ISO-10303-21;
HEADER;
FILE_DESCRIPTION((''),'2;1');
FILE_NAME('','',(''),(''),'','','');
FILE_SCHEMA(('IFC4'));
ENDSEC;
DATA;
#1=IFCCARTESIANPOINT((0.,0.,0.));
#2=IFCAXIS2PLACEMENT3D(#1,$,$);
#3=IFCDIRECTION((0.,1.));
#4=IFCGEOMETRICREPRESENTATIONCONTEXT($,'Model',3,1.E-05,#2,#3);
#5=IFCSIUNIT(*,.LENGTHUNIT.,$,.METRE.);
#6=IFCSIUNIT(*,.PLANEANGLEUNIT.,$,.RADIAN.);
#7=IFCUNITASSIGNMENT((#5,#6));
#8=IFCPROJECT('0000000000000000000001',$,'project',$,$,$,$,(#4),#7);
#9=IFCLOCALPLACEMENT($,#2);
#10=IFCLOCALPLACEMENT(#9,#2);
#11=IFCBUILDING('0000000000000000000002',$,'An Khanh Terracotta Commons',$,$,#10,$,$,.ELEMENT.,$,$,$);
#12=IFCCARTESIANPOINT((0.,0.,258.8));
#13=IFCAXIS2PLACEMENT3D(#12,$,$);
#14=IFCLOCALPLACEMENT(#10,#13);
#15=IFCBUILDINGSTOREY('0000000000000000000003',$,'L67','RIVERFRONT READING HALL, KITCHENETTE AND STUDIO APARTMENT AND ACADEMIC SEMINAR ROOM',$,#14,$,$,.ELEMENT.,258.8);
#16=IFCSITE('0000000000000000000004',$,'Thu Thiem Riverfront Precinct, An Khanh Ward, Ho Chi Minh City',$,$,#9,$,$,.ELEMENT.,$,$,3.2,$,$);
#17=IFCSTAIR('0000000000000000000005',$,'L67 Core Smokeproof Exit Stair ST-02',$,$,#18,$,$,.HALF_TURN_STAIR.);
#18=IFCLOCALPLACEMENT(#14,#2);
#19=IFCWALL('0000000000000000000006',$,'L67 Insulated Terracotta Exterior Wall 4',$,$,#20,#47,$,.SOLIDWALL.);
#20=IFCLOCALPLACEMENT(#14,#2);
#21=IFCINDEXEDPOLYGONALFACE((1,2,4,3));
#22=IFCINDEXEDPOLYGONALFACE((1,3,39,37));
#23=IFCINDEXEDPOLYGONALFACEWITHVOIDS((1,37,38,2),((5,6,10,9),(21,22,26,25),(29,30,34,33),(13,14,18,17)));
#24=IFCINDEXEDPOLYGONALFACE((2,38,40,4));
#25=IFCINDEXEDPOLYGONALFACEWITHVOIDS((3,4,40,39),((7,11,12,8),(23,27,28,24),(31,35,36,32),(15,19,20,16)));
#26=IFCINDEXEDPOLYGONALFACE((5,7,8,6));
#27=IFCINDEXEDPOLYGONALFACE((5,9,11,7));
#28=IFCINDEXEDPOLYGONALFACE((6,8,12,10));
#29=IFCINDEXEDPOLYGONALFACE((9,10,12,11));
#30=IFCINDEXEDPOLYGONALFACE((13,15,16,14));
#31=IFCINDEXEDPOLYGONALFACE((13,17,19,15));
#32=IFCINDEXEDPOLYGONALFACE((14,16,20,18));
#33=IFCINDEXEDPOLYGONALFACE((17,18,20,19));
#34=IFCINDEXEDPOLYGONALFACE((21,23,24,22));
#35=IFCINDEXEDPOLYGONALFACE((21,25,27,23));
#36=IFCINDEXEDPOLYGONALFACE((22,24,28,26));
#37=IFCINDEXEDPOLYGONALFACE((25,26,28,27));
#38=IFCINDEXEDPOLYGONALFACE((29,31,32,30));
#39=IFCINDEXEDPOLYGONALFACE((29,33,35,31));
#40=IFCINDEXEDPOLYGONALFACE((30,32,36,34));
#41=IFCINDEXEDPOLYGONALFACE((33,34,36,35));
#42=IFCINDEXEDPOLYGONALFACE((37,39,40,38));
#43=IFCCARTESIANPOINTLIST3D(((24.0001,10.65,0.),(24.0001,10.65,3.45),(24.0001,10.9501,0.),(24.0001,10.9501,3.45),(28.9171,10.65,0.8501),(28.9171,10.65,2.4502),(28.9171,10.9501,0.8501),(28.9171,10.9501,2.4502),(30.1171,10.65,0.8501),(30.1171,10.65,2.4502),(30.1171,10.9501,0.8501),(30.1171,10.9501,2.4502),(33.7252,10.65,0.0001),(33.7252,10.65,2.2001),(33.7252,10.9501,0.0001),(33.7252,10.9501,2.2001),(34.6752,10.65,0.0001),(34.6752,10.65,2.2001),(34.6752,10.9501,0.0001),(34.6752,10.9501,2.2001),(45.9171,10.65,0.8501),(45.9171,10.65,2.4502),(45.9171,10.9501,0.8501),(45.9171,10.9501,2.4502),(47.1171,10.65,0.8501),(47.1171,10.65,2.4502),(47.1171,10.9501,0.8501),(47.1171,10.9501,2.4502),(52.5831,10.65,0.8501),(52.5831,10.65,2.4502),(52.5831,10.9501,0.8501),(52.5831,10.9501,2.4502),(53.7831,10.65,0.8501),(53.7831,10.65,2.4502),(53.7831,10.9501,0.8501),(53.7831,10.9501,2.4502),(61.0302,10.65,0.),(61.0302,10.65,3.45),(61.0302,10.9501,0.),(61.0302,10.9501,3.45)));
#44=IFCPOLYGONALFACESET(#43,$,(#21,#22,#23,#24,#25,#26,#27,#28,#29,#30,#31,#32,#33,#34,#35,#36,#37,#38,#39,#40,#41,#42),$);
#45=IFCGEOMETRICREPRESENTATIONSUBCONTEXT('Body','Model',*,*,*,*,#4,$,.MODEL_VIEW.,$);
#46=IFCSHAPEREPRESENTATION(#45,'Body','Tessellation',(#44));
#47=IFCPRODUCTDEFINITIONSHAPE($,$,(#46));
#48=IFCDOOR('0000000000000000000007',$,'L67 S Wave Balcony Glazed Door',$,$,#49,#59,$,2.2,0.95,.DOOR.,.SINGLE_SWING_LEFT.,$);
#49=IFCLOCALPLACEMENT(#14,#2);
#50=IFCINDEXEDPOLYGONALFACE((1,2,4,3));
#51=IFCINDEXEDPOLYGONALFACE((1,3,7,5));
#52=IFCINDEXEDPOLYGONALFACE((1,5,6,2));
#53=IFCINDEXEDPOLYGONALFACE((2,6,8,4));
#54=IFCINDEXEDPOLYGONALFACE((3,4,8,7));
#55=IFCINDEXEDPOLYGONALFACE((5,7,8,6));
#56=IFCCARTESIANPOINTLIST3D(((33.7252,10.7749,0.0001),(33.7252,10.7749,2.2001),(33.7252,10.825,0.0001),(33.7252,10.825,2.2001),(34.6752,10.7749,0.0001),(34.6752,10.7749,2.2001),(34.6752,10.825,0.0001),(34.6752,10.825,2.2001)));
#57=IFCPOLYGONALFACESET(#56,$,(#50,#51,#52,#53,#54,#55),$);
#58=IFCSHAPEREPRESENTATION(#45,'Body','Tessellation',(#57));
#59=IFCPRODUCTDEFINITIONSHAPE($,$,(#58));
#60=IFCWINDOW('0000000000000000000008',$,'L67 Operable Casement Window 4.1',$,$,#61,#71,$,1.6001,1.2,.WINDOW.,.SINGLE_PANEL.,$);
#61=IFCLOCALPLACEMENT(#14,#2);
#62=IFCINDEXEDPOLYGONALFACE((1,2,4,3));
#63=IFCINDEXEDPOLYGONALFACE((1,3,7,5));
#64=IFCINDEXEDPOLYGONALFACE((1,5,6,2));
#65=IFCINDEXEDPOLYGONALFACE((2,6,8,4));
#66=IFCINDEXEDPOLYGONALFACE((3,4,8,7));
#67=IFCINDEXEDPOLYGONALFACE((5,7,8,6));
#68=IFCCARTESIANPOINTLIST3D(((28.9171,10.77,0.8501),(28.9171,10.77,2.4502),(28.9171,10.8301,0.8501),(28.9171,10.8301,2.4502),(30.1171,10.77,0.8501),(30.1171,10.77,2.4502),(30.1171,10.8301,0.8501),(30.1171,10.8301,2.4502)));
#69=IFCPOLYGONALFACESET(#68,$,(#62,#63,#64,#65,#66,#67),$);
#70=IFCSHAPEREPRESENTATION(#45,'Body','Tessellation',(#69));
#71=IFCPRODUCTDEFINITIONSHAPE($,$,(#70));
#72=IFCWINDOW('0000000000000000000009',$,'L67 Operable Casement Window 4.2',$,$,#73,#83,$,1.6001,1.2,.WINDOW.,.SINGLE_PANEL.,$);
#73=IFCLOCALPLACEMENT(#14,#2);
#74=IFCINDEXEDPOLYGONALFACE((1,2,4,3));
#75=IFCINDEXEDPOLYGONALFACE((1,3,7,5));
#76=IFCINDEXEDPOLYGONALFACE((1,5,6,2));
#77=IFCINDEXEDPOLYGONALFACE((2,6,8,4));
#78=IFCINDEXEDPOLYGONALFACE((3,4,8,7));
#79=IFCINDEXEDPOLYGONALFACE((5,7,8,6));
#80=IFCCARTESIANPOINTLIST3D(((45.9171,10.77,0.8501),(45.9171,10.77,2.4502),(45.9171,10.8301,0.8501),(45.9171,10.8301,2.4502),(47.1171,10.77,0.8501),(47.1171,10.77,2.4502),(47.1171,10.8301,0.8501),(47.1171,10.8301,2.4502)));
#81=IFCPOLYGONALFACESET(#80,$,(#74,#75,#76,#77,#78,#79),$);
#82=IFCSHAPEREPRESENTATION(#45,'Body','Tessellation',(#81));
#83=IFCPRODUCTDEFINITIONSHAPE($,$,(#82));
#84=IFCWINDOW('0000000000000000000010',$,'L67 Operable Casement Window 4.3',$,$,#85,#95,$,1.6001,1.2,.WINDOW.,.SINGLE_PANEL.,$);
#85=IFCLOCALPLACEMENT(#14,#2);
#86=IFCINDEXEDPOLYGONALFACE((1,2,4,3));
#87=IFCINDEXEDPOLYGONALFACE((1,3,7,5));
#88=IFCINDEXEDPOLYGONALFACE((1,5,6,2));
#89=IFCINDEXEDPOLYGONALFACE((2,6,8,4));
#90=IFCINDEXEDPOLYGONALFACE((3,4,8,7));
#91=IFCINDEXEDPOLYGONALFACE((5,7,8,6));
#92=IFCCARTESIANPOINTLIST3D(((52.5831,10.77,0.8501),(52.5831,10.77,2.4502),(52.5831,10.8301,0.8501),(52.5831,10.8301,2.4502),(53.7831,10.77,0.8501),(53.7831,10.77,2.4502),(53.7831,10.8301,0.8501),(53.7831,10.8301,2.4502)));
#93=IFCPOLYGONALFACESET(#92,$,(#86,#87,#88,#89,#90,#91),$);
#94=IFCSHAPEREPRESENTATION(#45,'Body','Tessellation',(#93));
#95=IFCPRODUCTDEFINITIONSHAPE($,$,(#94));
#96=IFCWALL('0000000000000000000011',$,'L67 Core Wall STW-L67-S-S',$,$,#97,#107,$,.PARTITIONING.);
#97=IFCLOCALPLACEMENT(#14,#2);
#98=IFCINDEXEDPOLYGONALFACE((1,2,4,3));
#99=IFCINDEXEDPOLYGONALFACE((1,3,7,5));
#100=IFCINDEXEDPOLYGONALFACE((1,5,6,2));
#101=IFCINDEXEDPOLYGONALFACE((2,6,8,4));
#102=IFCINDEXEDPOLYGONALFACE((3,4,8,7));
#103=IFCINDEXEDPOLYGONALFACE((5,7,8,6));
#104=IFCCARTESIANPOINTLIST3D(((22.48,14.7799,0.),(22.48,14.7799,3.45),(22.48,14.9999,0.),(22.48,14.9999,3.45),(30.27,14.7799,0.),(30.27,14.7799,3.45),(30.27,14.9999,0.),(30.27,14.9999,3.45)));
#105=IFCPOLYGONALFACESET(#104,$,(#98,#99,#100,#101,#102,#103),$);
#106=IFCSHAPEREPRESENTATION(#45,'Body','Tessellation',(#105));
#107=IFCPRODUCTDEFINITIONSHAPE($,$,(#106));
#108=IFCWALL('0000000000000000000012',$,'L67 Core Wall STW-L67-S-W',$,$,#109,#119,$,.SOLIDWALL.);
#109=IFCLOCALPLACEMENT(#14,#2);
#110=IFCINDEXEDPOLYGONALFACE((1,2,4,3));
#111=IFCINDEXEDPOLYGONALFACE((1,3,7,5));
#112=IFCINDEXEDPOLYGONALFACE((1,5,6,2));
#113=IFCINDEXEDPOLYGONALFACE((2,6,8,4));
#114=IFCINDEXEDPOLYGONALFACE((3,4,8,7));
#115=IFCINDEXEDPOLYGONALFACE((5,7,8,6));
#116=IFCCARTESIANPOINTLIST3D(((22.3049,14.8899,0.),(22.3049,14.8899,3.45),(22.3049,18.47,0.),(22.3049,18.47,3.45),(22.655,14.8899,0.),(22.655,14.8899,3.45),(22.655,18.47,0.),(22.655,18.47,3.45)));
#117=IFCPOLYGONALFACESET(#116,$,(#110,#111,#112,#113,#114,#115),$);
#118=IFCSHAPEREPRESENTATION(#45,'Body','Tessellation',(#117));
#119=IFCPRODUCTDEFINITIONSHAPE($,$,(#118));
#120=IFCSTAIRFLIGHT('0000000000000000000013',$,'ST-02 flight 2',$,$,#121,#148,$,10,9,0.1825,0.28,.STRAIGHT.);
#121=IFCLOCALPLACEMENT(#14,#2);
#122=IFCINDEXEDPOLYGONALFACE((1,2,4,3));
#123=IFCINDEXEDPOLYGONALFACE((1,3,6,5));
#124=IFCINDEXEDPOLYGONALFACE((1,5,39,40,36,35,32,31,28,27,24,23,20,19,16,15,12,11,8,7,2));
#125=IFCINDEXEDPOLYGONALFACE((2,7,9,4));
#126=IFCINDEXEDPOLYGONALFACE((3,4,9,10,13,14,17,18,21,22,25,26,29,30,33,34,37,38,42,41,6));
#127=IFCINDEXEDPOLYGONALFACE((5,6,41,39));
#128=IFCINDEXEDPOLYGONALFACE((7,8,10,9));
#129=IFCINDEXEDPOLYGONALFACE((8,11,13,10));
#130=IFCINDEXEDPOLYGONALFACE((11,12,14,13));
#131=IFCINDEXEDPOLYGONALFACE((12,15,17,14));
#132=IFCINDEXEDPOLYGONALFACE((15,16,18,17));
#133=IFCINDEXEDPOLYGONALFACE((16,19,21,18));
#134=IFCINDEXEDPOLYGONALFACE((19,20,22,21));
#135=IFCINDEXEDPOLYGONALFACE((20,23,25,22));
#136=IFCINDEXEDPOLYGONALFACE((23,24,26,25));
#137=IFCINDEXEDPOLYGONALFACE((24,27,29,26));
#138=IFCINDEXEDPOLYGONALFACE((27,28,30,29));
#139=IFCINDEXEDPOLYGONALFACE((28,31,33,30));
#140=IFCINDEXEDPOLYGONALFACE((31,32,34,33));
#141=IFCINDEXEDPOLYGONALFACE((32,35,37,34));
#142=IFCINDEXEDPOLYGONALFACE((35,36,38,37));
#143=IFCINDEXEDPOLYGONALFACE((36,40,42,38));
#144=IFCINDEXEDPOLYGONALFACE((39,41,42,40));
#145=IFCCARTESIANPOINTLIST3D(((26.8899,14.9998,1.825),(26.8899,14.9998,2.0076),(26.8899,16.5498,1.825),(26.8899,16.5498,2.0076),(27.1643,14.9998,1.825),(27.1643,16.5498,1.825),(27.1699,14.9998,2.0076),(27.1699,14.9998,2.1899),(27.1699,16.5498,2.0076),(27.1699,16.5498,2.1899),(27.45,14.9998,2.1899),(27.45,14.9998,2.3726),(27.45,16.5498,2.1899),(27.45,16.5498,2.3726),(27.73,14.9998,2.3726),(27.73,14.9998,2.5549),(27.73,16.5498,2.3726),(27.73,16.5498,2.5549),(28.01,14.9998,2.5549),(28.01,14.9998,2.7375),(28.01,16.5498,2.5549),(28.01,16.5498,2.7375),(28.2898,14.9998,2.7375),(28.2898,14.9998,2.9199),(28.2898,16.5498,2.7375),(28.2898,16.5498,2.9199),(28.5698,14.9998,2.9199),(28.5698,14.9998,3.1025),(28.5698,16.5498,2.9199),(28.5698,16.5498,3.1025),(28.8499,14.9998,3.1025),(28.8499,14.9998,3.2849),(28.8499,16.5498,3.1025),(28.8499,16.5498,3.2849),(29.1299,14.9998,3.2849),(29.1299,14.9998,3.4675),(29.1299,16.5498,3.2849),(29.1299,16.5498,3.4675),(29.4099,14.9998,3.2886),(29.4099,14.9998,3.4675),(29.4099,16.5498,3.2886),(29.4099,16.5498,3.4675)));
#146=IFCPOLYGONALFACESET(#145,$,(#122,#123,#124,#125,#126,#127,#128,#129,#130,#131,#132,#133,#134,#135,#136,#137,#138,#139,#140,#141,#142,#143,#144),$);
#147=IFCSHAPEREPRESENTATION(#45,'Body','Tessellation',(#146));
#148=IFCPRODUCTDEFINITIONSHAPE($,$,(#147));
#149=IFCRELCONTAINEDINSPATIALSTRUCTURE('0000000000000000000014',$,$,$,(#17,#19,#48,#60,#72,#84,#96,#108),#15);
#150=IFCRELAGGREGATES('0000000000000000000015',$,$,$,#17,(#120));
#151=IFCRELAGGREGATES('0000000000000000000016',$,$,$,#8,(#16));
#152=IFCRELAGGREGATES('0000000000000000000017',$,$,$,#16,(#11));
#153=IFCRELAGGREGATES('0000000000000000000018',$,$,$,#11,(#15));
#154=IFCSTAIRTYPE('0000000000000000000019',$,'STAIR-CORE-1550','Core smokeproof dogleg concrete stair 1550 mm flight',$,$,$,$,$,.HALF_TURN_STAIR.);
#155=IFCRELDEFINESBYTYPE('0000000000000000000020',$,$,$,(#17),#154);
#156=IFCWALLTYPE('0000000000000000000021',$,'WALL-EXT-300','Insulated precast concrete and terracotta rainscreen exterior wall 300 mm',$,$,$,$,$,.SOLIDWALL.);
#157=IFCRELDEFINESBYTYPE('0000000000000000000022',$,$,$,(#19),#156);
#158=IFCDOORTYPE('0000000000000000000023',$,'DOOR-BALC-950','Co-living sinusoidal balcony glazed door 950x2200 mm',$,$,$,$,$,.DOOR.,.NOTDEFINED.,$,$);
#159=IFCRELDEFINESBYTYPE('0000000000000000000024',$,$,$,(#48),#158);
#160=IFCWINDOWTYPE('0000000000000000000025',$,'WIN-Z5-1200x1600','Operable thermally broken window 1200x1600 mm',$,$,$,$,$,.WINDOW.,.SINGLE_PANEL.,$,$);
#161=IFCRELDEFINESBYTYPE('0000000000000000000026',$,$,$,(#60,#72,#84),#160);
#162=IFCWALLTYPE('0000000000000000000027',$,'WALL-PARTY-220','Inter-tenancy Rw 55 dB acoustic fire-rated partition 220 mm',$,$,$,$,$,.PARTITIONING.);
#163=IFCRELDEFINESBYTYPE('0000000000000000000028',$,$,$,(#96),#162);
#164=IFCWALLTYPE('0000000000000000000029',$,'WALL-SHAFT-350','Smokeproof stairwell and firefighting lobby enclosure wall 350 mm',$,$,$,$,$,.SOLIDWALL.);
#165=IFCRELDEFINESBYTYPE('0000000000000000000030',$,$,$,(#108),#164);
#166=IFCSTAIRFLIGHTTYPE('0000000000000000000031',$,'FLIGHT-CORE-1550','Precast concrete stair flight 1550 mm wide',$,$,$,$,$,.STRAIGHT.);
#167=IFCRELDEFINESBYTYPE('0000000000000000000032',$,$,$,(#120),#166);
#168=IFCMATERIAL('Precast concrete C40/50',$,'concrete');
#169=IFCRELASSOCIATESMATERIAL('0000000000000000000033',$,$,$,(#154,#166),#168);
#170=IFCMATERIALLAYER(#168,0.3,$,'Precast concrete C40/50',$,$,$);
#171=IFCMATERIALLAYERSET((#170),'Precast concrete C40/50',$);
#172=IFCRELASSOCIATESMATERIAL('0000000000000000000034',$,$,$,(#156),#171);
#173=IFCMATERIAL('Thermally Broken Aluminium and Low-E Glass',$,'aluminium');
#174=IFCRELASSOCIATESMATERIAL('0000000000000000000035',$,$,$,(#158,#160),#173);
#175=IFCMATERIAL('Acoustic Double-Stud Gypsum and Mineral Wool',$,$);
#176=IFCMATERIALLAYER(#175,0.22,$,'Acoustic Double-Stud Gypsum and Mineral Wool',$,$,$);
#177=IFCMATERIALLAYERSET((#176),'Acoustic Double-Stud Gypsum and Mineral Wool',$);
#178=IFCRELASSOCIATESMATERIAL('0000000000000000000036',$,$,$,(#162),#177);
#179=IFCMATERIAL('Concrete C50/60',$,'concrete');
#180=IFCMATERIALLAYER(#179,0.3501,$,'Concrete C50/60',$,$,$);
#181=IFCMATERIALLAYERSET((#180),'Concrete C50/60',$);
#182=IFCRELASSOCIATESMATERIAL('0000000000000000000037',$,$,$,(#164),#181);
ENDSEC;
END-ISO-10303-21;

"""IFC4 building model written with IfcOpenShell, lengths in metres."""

from ifc_helpers import new_model, si_unit, direction, frame, frame_2d, origin, place, context, subcontext, project, spatial, polyline, rectangle, outline, extrude, material, layer, layer_set, type_object, element, fill, aggregate, save


model = new_model("IFC4")

# Units and contexts
model_context = context("Model", 3, precision=1e-05, world=origin(), true_north=direction((0.0, 1.0)))
body_context = subcontext(model_context, "Body", "Model", "MODEL_VIEW")
ifc_project = project(units=[si_unit("LENGTHUNIT", "METRE"), si_unit("PLANEANGLEUNIT", "RADIAN")], contexts=[model_context])

# Site, building, storey
site_placement = place(None, origin())
site = spatial("IfcSite", under=ifc_project, at=site_placement, Name="Thu Thiem Riverfront Precinct, An Khanh Ward, Ho Chi Minh City", CompositionType="ELEMENT", RefElevation=3.2)
building_placement = place(site_placement, origin())
building = spatial("IfcBuilding", under=site, at=building_placement, Name="An Khanh Terracotta Commons", CompositionType="ELEMENT")
storey_placement = place(building_placement, frame((0.0, 0.0, 258.8)))
storey = spatial("IfcBuildingStorey", under=building, at=storey_placement, Name="L67", Description="RIVERFRONT READING HALL, KITCHENETTE AND STUDIO APARTMENT AND ACADEMIC SEMINAR ROOM", CompositionType="ELEMENT", Elevation=258.8)

# Shared definitions
ifc_material_1 = material(Name="Concrete C50/60", Category="concrete")

# Stair
ifc_material_2 = material(Name="Precast concrete C40/50", Category="concrete")
stair_type = type_object("IfcStairType", Name="STAIR-CORE-1550", Description="Core smokeproof dogleg concrete stair 1550 mm flight", PredefinedType="HALF_TURN_STAIR", material=ifc_material_2)
stair_1_placement = place(storey_placement, origin())
stair_1 = element("IfcStair", 1, at=stair_1_placement, inside=storey, type_object=stair_type, Name="L67 Core Smokeproof Exit Stair ST-02", PredefinedType="HALF_TURN_STAIR")

# Shared definitions
ifc_layer_1 = layer(ifc_material_2, 0.3, Name="Precast concrete C40/50")
ifc_layer_set_1 = layer_set([ifc_layer_1], Name="Precast concrete C40/50")
wall_type_1 = type_object("IfcWallType", Name="WALL-EXT-300", Description="Insulated precast concrete and terracotta rainscreen exterior wall 300 mm", PredefinedType="SOLIDWALL", material=ifc_layer_set_1)

# Wall, openings, door, windows
wall_1_placement = place(storey_placement, frame((24.0, 10.8, 0.0), z_axis=(0.0, 0.0, 1.0), x_axis=(1.0, 0.0, 0.0)))
wall_1 = element("IfcWall", 2, at=wall_1_placement, inside=storey, type_object=wall_type_1, Name="L67 Insulated Terracotta Exterior Wall 4", PredefinedType="SOLIDWALL", context=body_context, shape_type="SweptSolid", body=[
    extrude(rectangle(XDim=37.03, YDim=0.3, at=frame_2d((18.5151, 0.0))), origin(), (0.0, 0.0, 1.0), 3.45),
])
opening_1_placement = place(wall_1_placement, frame((9.7251, 0.0, 0.0)))
opening_1 = element("IfcOpeningElement", 3, at=opening_1_placement, cuts=wall_1, PredefinedType="OPENING", context=body_context, shape_type="SweptSolid", body=[
    extrude(rectangle(XDim=0.95, YDim=2.2, at=frame_2d((0.4751, 1.1001))), frame((0.0, 0.1599, 0.0), z_axis=(0.0, -1.0, 0.0), x_axis=(1.0, 0.0, 0.0)), (0.0, 0.0, 1.0), 0.3201),
])
opening_2_placement = place(wall_1_placement, frame((4.917, 0.0, 0.8501)))
opening_2 = element("IfcOpeningElement", 4, at=opening_2_placement, cuts=wall_1, PredefinedType="OPENING", context=body_context, shape_type="SweptSolid", body=[
    extrude(rectangle(XDim=1.2, YDim=1.6001, at=frame_2d((0.6001, 0.8))), frame((0.0, 0.1599, 0.0), z_axis=(0.0, -1.0, 0.0), x_axis=(1.0, 0.0, 0.0)), (0.0, 0.0, 1.0), 0.3201),
])
opening_3_placement = place(wall_1_placement, frame((21.917, 0.0, 0.8501)))
opening_3 = element("IfcOpeningElement", 5, at=opening_3_placement, cuts=wall_1, PredefinedType="OPENING", context=body_context, shape_type="SweptSolid", body=[
    extrude(rectangle(XDim=1.2, YDim=1.6001, at=frame_2d((0.6001, 0.8))), frame((0.0, 0.1599, 0.0), z_axis=(0.0, -1.0, 0.0), x_axis=(1.0, 0.0, 0.0)), (0.0, 0.0, 1.0), 0.3201),
])
opening_4_placement = place(wall_1_placement, frame((28.583, 0.0, 0.8501)))
opening_4 = element("IfcOpeningElement", 6, at=opening_4_placement, cuts=wall_1, PredefinedType="OPENING", context=body_context, shape_type="SweptSolid", body=[
    extrude(rectangle(XDim=1.2, YDim=1.6001, at=frame_2d((0.6001, 0.8))), frame((0.0, 0.1599, 0.0), z_axis=(0.0, -1.0, 0.0), x_axis=(1.0, 0.0, 0.0)), (0.0, 0.0, 1.0), 0.3201),
])
ifc_material_3 = material(Name="Thermally Broken Aluminium and Low-E Glass", Category="aluminium")
door_type = type_object("IfcDoorType", Name="DOOR-BALC-950", Description="Co-living sinusoidal balcony glazed door 950x2200 mm", OperationType="NOTDEFINED", PredefinedType="DOOR", material=ifc_material_3)
door_placement = place(opening_1_placement, origin())
door = element("IfcDoor", 7, at=door_placement, inside=storey, type_object=door_type, Name="L67 S Wave Balcony Glazed Door", OperationType="SINGLE_SWING_LEFT", OverallHeight=2.2, OverallWidth=0.95, PredefinedType="DOOR", context=body_context, shape_type="SweptSolid", body=[
    extrude(rectangle(XDim=0.95, YDim=2.2, at=frame_2d((0.4751, 1.1001))), frame((0.0, 0.0249, 0.0), z_axis=(0.0, -1.0, 0.0), x_axis=(1.0, 0.0, 0.0)), (0.0, 0.0, 1.0), 0.05),
])
fill(opening_1, door)
window_type = type_object("IfcWindowType", Name="WIN-Z5-1200x1600", Description="Operable thermally broken window 1200x1600 mm", PartitioningType="SINGLE_PANEL", PredefinedType="WINDOW", material=ifc_material_3)
window_1_placement = place(opening_2_placement, origin())
window_1 = element("IfcWindow", 8, at=window_1_placement, inside=storey, type_object=window_type, Name="L67 Operable Casement Window 4.1", OverallHeight=1.6001, OverallWidth=1.2, PartitioningType="SINGLE_PANEL", PredefinedType="WINDOW", context=body_context, shape_type="SweptSolid", body=[
    extrude(rectangle(XDim=1.2, YDim=1.6001, at=frame_2d((0.6001, 0.8))), frame((0.0, 0.03, 0.0), z_axis=(0.0, -1.0, 0.0), x_axis=(1.0, 0.0, 0.0)), (0.0, 0.0, 1.0), 0.0601),
])
fill(opening_2, window_1)
window_2_placement = place(opening_3_placement, origin())
window_2 = element("IfcWindow", 9, at=window_2_placement, inside=storey, type_object=window_type, Name="L67 Operable Casement Window 4.2", OverallHeight=1.6001, OverallWidth=1.2, PartitioningType="SINGLE_PANEL", PredefinedType="WINDOW", context=body_context, shape_type="SweptSolid", body=[
    extrude(rectangle(XDim=1.2, YDim=1.6001, at=frame_2d((0.6001, 0.8))), frame((0.0, 0.03, 0.0), z_axis=(0.0, -1.0, 0.0), x_axis=(1.0, 0.0, 0.0)), (0.0, 0.0, 1.0), 0.0601),
])
fill(opening_3, window_2)
window_3_placement = place(opening_4_placement, origin())
window_3 = element("IfcWindow", 10, at=window_3_placement, inside=storey, type_object=window_type, Name="L67 Operable Casement Window 4.3", OverallHeight=1.6001, OverallWidth=1.2, PartitioningType="SINGLE_PANEL", PredefinedType="WINDOW", context=body_context, shape_type="SweptSolid", body=[
    extrude(rectangle(XDim=1.2, YDim=1.6001, at=frame_2d((0.6001, 0.8))), frame((0.0, 0.03, 0.0), z_axis=(0.0, -1.0, 0.0), x_axis=(1.0, 0.0, 0.0)), (0.0, 0.0, 1.0), 0.0601),
])
fill(opening_4, window_3)

# Walls
ifc_material_4 = material(Name="Acoustic Double-Stud Gypsum and Mineral Wool")
ifc_layer_2 = layer(ifc_material_4, 0.22, Name="Acoustic Double-Stud Gypsum and Mineral Wool")
ifc_layer_set_2 = layer_set([ifc_layer_2], Name="Acoustic Double-Stud Gypsum and Mineral Wool")
wall_type_2 = type_object("IfcWallType", Name="WALL-PARTY-220", Description="Inter-tenancy Rw 55 dB acoustic fire-rated partition 220 mm", PredefinedType="PARTITIONING", material=ifc_layer_set_2)
wall_2_placement = place(storey_placement, frame((22.48, 14.8899, 0.0), z_axis=(0.0, 0.0, 1.0), x_axis=(1.0, 0.0, 0.0)))
element("IfcWall", 11, at=wall_2_placement, inside=storey, type_object=wall_type_2, Name="L67 Core Wall STW-L67-S-S", PredefinedType="PARTITIONING", context=body_context, shape_type="SweptSolid", body=[
    extrude(rectangle(XDim=7.79, YDim=0.22, at=frame_2d((3.895, 0.0))), origin(), (0.0, 0.0, 1.0), 3.45),
])
ifc_layer_3 = layer(ifc_material_1, 0.3501, Name="Concrete C50/60")
ifc_layer_set_3 = layer_set([ifc_layer_3], Name="Concrete C50/60")
wall_type_3 = type_object("IfcWallType", Name="WALL-SHAFT-350", Description="Smokeproof stairwell and firefighting lobby enclosure wall 350 mm", PredefinedType="SOLIDWALL", material=ifc_layer_set_3)
wall_3_placement = place(storey_placement, frame((22.48, 14.8899, 0.0), z_axis=(0.0, 0.0, 1.0), x_axis=(0.0, 1.0, 0.0)))
element("IfcWall", 12, at=wall_3_placement, inside=storey, type_object=wall_type_3, Name="L67 Core Wall STW-L67-S-W", PredefinedType="SOLIDWALL", context=body_context, shape_type="SweptSolid", body=[
    extrude(rectangle(XDim=3.5801, YDim=0.3501, at=frame_2d((1.79, 0.0))), origin(), (0.0, 0.0, 1.0), 3.45),
])

# Stair flight
stair_flight_type = type_object("IfcStairFlightType", Name="FLIGHT-CORE-1550", Description="Precast concrete stair flight 1550 mm wide", PredefinedType="STRAIGHT", material=ifc_material_2)
stair_flight_placement = place(storey_placement, frame((26.8899, 15.7749, 1.825), z_axis=(0.0, 0.0, 1.0), x_axis=(1.0, 0.0, 0.0)))
stair_flight = element("IfcStairFlight", 13, at=stair_flight_placement, type_object=stair_flight_type, Name="ST-02 flight 2", NumberOfRisers=10, NumberOfTreads=9, PredefinedType="STRAIGHT", RiserHeight=0.1825, TreadLength=0.28, context=body_context, shape_type="SweptSolid", body=[
    extrude(outline(polyline([(0.0, 0.0), (0.0, 0.1826), (0.28, 0.1826), (0.28, 0.365), (0.5601, 0.365), (0.5601, 0.5476), (0.8401, 0.5476), (0.8401, 0.73), (1.1201, 0.73), (1.1201, 0.9126), (1.3999, 0.9126), (1.3999, 1.095), (1.6799, 1.095), (1.6799, 1.2776), (1.96, 1.2776), (1.96, 1.46), (2.24, 1.46), (2.24, 1.6426), (2.52, 1.6426), (2.52, 1.825), (2.52, 1.4636), (0.2744, 0.0), (0.0, 0.0)])), frame((0.0, 0.7749, 0.0), z_axis=(0.0, -1.0, 0.0), x_axis=(1.0, 0.0, 0.0)), (0.0, 0.0, 1.0), 1.55),
])
aggregate(stair_1, [stair_flight])

save(model, "model.ifc")
